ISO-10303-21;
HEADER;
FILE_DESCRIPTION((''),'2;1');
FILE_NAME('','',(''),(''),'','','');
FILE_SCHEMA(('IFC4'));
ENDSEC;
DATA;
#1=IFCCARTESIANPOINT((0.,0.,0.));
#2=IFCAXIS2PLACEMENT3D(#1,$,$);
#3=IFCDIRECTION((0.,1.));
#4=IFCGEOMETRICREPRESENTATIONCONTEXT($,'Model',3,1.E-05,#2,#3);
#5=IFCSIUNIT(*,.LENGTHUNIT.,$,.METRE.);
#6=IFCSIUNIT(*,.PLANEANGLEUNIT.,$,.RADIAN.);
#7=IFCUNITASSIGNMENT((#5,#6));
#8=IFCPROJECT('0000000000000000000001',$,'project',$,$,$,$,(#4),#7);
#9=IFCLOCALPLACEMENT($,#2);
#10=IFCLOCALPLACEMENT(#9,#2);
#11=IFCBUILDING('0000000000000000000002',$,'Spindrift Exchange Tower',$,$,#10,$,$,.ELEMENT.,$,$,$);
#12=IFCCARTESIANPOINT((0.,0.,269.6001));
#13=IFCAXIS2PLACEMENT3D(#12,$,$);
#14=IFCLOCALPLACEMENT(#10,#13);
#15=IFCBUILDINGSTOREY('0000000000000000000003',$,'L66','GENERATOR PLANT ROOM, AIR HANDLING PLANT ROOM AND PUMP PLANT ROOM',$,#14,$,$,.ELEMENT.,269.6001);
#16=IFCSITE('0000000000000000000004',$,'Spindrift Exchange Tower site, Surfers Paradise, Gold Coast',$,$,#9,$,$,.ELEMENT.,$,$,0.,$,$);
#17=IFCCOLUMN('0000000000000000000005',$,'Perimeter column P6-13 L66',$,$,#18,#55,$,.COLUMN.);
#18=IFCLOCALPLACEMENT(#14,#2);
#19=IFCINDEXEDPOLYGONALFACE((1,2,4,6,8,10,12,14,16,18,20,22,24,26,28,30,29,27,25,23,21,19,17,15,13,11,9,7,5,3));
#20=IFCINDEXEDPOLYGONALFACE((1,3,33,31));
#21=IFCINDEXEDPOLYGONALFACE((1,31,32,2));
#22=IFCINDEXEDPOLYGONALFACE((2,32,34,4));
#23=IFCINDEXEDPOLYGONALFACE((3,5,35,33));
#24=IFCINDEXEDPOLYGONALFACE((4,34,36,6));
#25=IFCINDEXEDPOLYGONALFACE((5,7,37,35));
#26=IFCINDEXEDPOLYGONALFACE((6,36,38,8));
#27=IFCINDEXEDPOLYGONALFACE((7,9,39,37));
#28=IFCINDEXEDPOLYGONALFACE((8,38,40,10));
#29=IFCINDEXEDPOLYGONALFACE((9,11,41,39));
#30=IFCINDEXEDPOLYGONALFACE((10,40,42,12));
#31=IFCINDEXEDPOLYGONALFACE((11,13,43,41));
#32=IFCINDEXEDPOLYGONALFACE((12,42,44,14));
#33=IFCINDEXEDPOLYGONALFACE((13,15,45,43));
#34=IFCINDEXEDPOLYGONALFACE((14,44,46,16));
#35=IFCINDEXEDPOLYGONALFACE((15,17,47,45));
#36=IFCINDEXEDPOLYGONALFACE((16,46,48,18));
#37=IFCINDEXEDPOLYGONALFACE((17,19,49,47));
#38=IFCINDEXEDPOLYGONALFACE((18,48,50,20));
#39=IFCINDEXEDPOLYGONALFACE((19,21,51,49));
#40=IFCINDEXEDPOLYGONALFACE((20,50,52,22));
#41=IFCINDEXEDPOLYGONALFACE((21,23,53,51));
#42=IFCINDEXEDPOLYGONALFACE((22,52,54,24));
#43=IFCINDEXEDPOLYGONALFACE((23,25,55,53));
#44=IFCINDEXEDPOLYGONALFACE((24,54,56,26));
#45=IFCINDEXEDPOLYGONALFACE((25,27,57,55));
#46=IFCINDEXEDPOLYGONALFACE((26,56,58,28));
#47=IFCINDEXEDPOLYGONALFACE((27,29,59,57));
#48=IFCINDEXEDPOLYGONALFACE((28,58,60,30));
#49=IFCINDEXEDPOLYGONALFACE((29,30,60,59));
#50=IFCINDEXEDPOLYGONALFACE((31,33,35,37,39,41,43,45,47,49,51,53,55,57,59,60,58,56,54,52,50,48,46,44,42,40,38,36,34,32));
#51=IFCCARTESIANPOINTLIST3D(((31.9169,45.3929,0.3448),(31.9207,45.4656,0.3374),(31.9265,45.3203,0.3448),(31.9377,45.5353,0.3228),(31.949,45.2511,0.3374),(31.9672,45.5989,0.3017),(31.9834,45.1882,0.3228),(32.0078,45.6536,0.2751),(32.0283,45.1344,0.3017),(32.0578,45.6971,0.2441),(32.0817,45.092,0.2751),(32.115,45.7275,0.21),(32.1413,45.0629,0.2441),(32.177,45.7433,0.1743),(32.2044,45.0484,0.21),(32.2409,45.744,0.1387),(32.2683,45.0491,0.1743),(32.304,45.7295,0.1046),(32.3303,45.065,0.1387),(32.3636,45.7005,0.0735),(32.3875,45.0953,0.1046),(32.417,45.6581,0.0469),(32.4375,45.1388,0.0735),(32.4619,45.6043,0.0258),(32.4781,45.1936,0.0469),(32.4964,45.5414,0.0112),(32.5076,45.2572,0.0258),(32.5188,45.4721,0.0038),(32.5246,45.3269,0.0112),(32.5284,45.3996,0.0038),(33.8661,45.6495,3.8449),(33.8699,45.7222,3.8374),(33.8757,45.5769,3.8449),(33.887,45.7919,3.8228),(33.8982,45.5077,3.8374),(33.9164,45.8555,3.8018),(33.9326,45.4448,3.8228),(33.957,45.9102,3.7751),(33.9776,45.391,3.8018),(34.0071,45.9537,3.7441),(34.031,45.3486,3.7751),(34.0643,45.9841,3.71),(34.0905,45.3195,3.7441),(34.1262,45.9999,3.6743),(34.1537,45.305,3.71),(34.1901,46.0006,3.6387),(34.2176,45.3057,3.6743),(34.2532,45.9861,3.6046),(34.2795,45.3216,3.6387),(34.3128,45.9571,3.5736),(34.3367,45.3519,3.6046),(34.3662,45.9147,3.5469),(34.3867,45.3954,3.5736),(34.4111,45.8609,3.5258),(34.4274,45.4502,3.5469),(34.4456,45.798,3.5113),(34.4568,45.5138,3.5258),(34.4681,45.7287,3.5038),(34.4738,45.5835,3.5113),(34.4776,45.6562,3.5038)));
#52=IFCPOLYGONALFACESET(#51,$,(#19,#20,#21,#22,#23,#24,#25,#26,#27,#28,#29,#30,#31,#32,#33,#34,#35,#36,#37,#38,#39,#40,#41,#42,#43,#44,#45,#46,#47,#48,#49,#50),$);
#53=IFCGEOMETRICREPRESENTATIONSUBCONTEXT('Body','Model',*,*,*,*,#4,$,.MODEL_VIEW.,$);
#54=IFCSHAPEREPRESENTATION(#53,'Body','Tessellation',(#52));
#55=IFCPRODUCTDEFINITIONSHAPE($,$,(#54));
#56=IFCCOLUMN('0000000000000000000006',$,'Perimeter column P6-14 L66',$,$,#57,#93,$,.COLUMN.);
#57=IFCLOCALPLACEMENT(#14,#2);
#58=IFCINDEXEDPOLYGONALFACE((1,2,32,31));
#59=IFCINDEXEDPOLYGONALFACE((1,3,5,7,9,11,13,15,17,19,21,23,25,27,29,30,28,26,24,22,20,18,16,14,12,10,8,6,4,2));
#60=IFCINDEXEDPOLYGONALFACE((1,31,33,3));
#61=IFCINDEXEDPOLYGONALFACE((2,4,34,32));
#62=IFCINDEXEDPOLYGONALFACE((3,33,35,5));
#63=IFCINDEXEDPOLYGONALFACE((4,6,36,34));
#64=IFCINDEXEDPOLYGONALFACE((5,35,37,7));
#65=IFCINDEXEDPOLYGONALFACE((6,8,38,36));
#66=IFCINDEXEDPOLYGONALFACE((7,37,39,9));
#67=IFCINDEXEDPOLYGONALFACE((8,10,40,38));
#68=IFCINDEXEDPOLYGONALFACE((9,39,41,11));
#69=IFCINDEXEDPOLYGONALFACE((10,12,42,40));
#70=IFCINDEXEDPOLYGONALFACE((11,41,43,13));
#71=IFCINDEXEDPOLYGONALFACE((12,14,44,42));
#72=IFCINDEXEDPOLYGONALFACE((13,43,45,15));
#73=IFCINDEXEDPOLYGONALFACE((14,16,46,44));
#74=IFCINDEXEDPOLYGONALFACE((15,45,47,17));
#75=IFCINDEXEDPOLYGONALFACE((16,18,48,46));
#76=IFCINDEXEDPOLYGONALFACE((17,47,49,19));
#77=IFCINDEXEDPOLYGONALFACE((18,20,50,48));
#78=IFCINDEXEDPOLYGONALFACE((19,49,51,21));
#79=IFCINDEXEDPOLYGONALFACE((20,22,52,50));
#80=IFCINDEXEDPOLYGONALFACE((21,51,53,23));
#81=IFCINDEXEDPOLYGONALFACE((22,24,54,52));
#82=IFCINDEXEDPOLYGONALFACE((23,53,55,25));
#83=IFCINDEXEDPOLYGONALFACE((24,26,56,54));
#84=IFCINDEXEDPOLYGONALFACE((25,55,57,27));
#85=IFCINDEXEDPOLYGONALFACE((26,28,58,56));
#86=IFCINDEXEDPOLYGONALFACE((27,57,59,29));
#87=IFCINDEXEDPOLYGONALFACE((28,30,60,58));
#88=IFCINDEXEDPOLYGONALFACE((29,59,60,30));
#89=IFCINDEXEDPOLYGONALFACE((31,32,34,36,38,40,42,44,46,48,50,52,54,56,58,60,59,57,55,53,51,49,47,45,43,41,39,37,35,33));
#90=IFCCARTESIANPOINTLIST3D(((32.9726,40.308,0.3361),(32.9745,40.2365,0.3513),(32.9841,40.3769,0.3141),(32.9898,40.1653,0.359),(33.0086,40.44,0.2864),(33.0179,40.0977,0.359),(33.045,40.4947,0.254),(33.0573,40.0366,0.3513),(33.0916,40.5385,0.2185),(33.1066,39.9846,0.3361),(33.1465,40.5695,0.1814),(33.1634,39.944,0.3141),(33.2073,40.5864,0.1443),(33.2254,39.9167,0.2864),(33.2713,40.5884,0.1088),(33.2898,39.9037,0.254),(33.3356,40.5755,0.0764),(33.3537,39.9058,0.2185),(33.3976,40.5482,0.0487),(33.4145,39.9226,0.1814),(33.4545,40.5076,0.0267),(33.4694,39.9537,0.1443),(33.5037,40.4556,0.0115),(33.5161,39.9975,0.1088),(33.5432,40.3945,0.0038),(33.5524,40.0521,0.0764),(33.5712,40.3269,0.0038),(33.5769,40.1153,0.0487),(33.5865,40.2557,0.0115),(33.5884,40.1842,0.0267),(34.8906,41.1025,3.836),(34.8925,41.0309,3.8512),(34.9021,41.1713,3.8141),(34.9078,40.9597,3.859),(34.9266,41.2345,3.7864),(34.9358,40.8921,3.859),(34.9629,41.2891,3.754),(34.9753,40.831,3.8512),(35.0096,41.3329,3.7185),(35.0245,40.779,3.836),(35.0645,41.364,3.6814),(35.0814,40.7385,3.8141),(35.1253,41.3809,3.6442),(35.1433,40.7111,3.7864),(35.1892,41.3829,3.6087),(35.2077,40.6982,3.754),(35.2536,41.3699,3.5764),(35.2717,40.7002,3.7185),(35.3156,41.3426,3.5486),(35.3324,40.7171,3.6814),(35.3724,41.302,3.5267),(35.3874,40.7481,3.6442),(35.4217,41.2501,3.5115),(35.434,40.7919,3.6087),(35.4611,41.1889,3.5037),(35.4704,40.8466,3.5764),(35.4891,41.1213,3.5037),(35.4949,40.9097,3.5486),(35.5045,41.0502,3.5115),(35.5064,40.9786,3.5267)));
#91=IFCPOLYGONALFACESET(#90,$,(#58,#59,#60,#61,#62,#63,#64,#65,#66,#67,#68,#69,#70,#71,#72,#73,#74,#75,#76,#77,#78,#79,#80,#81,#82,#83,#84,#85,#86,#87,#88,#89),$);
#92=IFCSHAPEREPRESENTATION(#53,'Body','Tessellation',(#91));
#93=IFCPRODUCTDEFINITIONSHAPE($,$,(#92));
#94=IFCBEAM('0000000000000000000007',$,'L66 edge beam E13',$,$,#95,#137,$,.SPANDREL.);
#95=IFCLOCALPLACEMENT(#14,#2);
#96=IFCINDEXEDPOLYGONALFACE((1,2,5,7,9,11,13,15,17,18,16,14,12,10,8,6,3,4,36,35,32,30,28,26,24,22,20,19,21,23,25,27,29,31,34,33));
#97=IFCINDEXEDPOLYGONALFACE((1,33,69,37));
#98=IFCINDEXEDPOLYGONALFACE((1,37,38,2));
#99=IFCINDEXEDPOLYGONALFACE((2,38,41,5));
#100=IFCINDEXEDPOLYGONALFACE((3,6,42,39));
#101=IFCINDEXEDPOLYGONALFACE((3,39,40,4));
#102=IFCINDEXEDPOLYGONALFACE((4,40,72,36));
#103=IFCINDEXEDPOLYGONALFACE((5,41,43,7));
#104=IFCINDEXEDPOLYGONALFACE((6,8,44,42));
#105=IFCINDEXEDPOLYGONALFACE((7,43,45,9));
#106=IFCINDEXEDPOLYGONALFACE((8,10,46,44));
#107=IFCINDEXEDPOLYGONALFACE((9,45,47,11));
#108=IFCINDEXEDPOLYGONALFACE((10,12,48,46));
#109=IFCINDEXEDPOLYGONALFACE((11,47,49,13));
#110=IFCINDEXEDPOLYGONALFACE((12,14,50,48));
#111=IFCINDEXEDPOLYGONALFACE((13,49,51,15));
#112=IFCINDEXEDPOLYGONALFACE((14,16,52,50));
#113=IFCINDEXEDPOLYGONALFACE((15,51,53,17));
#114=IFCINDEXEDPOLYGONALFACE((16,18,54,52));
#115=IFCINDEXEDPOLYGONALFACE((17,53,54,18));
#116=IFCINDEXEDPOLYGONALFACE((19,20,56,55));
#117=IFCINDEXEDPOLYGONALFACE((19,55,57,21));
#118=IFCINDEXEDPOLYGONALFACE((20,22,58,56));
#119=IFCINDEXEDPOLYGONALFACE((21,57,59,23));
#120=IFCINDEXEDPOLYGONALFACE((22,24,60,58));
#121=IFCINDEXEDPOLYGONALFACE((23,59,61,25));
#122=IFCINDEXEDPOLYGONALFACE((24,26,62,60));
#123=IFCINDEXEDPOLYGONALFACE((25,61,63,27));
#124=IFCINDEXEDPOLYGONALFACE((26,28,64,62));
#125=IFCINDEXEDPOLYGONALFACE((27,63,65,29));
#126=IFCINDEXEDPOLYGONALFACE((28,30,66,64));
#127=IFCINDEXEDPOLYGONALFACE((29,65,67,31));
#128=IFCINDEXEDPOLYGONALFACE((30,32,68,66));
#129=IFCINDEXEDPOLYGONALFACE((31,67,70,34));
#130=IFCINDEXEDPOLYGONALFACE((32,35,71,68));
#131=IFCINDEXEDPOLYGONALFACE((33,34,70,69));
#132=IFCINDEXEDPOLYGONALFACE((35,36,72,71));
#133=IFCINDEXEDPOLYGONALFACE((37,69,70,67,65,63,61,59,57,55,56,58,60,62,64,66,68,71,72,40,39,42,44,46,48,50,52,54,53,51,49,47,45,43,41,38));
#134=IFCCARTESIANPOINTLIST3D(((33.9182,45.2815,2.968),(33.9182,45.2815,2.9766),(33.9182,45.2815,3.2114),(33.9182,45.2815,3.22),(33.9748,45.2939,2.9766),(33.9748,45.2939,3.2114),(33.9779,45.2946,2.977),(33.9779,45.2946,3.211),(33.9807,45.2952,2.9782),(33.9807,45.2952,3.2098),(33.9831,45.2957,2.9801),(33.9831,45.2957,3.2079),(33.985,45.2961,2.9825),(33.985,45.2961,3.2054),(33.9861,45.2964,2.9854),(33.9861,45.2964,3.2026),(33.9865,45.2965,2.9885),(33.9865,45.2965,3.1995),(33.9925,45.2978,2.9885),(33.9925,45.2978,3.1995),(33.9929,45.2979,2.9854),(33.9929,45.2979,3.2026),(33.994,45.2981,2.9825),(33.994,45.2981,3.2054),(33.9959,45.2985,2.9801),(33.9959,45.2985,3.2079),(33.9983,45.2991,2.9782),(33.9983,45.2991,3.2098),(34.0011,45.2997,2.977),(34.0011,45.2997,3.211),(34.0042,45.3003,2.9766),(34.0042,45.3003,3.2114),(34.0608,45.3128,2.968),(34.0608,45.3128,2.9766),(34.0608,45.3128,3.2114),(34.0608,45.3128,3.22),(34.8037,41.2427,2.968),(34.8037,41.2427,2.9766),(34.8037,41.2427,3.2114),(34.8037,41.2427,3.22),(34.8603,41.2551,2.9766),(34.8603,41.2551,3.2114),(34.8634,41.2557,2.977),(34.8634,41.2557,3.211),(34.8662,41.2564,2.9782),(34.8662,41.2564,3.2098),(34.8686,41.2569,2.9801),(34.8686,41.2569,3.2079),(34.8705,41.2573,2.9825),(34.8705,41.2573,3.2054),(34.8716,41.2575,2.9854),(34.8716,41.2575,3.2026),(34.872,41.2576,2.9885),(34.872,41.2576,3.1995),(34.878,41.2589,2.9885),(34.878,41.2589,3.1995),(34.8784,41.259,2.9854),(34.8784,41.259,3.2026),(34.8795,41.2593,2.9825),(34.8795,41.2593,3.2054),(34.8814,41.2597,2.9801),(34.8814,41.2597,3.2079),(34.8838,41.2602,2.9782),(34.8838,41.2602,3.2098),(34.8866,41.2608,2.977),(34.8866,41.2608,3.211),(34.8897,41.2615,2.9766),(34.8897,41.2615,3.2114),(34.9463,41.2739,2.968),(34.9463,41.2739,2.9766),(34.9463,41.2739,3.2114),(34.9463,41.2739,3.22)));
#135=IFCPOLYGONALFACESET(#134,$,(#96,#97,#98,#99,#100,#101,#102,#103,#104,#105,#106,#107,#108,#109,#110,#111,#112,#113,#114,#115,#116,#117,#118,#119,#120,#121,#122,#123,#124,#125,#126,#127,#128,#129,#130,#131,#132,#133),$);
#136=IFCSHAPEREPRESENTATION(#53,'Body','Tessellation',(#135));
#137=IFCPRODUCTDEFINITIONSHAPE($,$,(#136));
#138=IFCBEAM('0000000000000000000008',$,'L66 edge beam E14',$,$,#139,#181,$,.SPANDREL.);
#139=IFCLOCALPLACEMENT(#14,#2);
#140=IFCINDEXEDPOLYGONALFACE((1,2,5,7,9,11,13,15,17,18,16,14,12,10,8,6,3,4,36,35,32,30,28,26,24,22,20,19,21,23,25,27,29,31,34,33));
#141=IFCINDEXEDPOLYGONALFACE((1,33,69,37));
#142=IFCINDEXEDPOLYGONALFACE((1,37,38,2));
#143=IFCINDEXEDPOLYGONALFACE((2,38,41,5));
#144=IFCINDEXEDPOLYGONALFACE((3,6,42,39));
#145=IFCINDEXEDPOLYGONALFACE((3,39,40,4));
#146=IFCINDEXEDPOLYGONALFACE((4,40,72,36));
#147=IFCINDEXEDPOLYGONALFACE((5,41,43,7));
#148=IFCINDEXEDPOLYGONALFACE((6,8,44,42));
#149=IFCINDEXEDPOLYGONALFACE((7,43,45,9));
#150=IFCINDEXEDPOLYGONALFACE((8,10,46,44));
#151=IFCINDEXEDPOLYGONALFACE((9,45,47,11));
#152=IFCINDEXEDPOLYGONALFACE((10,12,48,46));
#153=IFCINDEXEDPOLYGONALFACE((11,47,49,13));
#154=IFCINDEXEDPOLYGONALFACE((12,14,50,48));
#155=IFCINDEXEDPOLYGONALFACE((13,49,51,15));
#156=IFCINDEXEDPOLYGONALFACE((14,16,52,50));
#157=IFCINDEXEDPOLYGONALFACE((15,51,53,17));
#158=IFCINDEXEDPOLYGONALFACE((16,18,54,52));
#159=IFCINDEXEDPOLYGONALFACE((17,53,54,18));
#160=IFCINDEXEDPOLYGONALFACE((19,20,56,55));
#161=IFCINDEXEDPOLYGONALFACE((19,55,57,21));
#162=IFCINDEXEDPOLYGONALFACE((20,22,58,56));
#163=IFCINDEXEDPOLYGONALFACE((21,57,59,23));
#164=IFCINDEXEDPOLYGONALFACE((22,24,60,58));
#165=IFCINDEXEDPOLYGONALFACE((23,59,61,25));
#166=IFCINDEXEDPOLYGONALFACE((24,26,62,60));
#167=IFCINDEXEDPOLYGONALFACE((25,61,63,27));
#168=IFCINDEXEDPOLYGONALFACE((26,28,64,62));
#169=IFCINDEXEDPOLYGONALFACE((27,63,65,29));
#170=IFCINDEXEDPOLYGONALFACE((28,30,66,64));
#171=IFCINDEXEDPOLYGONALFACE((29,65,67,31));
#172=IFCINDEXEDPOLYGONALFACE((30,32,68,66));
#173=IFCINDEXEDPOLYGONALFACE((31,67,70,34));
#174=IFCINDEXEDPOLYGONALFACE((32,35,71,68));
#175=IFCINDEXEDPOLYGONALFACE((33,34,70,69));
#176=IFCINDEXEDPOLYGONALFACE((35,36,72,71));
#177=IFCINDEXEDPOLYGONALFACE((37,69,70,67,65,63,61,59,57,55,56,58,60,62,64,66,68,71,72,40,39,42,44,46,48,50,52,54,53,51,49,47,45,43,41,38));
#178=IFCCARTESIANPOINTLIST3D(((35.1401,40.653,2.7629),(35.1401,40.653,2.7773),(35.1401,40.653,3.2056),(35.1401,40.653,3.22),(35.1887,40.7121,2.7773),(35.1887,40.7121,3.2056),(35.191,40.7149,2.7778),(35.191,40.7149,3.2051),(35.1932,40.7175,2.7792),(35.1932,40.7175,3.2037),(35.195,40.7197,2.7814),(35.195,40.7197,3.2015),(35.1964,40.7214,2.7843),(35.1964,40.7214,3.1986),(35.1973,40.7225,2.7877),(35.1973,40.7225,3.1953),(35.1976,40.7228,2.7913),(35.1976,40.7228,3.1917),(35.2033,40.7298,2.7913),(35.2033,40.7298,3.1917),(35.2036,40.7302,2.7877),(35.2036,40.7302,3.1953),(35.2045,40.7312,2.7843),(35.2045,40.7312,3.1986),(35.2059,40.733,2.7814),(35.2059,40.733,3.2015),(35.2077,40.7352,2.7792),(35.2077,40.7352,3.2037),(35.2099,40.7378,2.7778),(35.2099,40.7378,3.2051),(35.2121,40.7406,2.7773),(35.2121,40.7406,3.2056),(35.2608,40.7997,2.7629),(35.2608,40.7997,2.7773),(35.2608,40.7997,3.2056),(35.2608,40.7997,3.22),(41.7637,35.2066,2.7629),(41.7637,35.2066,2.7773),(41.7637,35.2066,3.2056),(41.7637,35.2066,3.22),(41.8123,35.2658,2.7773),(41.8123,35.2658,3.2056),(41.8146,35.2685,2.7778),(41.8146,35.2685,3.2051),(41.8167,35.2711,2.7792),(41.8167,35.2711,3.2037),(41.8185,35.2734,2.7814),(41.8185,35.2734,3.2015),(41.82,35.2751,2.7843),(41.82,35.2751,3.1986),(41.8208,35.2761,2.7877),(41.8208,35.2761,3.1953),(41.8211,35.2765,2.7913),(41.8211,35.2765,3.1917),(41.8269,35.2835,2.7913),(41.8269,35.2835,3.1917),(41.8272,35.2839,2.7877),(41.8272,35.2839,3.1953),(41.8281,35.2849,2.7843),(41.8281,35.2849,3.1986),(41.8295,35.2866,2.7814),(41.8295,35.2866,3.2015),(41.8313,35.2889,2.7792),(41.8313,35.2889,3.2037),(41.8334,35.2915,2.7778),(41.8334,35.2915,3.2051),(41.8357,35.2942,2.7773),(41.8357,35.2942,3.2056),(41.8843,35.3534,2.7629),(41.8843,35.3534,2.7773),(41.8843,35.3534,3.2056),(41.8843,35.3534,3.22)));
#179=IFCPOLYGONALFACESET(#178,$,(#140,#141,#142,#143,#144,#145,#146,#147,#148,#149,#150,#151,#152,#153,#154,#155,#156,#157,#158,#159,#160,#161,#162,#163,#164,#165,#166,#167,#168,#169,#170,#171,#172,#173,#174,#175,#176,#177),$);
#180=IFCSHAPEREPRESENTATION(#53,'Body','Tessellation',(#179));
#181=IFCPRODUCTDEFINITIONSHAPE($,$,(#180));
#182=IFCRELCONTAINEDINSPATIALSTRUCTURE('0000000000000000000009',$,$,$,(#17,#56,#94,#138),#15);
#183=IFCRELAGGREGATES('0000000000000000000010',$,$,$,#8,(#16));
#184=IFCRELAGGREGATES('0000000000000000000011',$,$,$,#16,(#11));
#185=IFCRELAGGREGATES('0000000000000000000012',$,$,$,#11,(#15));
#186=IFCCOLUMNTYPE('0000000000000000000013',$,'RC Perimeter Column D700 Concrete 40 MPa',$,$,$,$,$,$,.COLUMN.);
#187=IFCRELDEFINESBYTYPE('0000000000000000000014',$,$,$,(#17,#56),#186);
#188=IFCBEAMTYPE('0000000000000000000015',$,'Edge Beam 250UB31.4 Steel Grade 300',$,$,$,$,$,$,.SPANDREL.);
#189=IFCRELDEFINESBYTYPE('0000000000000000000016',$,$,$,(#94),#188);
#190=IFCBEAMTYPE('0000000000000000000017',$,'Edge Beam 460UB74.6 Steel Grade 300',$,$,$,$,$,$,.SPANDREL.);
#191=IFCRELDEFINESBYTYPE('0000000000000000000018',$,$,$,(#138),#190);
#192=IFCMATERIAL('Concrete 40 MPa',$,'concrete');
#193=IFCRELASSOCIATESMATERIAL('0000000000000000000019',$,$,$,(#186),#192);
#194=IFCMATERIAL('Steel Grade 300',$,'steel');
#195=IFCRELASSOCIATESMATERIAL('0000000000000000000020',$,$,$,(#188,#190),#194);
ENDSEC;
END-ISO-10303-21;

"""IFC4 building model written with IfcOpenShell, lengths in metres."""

from ifc_helpers import new_model, si_unit, direction, frame, origin, origin_2d, place, context, subcontext, project, spatial, circle, i_section, extrude, source, transform, mapped, material, material_profile, profile_set, type_object, element, save


model = new_model("IFC4")

# Units and contexts
model_context = context("Model", 3, precision=1e-05, world=origin(), true_north=direction((0.0, 1.0)))
body_context = subcontext(model_context, "Body", "Model", "MODEL_VIEW")
ifc_project = project(units=[si_unit("LENGTHUNIT", "METRE"), si_unit("PLANEANGLEUNIT", "RADIAN")], contexts=[model_context])

# Site, building, storey
site_placement = place(None, origin())
site = spatial("IfcSite", under=ifc_project, at=site_placement, Name="Spindrift Exchange Tower site, Surfers Paradise, Gold Coast", CompositionType="ELEMENT", RefElevation=0.0)
building_placement = place(site_placement, origin())
building = spatial("IfcBuilding", under=site, at=building_placement, Name="Spindrift Exchange Tower", CompositionType="ELEMENT")
storey_placement = place(building_placement, frame((0.0, 0.0, 269.6001)))
storey = spatial("IfcBuildingStorey", under=building, at=storey_placement, Name="L66", Description="GENERATOR PLANT ROOM, AIR HANDLING PLANT ROOM AND PUMP PLANT ROOM", CompositionType="ELEMENT", Elevation=269.6001)

# Columns
ifc_material_1 = material(Name="Concrete 40 MPa", Category="concrete")
ifc_material_profile_1 = material_profile(ifc_material_1, circle(Radius=0.3501, at=origin_2d()), Name="RC D700")
ifc_profile_set_1 = profile_set([ifc_material_profile_1], Name="Concrete 40 MPa")
column_type = type_object("IfcColumnType", Name="RC Perimeter Column D700 Concrete 40 MPa", PredefinedType="COLUMN", material=ifc_profile_set_1)
shared_shape_1 = source(origin(), body_context, "Body", "SweptSolid", [
    extrude(circle(Radius=0.3501, at=origin_2d()), origin(), (0.0, 0.0, 1.0), 4.0144),
])
column_1_placement = place(storey_placement, frame((32.2227, 45.3962, 0.1743), z_axis=(0.485558, 0.063918, 0.871864), x_axis=(-0.130512, 0.991447, 0.0)))
element("IfcColumn", 1, at=column_1_placement, inside=storey, type_object=column_type, Name="Perimeter column P6-13 L66", PredefinedType="COLUMN", context=body_context, shape_type="MappedRepresentation", body=[
    mapped(shared_shape_1, transform((0.0, 0.0, 0.0), scale=1.0)),
])
shared_shape_2 = source(origin(), body_context, "Body", "SweptSolid", [
    extrude(circle(Radius=0.3501, at=origin_2d()), origin(), (0.0, 0.0, 1.0), 4.0693),
])
column_2_placement = place(storey_placement, frame((33.2805, 40.2461, 0.1814), z_axis=(0.471319, 0.195223, 0.860085), x_axis=(-0.382677, 0.923882, 0.0)))
element("IfcColumn", 2, at=column_2_placement, inside=storey, type_object=column_type, Name="Perimeter column P6-14 L66", PredefinedType="COLUMN", context=body_context, shape_type="MappedRepresentation", body=[
    mapped(shared_shape_2, transform((0.0, 0.0, 0.0), scale=1.0)),
])

# Beams
ifc_material_2 = material(Name="Steel Grade 300", Category="steel")
ifc_material_profile_2 = material_profile(ifc_material_2, i_section(OverallWidth=0.146, OverallDepth=0.252, WebThickness=0.0061, FlangeThickness=0.0085, FilletRadius=0.012, at=origin_2d()), Name="250UB31.4")
ifc_profile_set_2 = profile_set([ifc_material_profile_2], Name="Steel Grade 300")
beam_type_1 = type_object("IfcBeamType", Name="Edge Beam 250UB31.4 Steel Grade 300", PredefinedType="SPANDREL", material=ifc_profile_set_2)
shared_shape_3 = source(origin(), body_context, "Body", "SweptSolid", [
    extrude(i_section(OverallWidth=0.146, OverallDepth=0.252, WebThickness=0.0061, FlangeThickness=0.0085, FilletRadius=0.012, at=origin_2d()), origin(), (0.0, 0.0, 1.0), 4.1348),
])
beam_1_placement = place(storey_placement, frame((33.9895, 45.2971, 3.094), z_axis=(0.21416, -0.976799, 0.0), x_axis=(0.976799, 0.21416, 0.0)))
element("IfcBeam", 3, at=beam_1_placement, inside=storey, type_object=beam_type_1, Name="L66 edge beam E13", PredefinedType="SPANDREL", context=body_context, shape_type="MappedRepresentation", body=[
    mapped(shared_shape_3, transform((0.0, 0.0, 0.0), scale=1.0)),
])
ifc_material_profile_3 = material_profile(ifc_material_2, i_section(OverallWidth=0.1899, OverallDepth=0.457, WebThickness=0.009, FlangeThickness=0.0144, FilletRadius=0.0139, at=origin_2d()), Name="460UB74.6")
ifc_profile_set_3 = profile_set([ifc_material_profile_3], Name="Steel Grade 300")
beam_type_2 = type_object("IfcBeamType", Name="Edge Beam 460UB74.6 Steel Grade 300", PredefinedType="SPANDREL", material=ifc_profile_set_3)
shared_shape_4 = source(origin(), body_context, "Body", "SweptSolid", [
    extrude(i_section(OverallWidth=0.1899, OverallDepth=0.457, WebThickness=0.009, FlangeThickness=0.0144, FilletRadius=0.0139, at=origin_2d()), origin(), (0.0, 0.0, 1.0), 8.5752),
])
beam_2_placement = place(storey_placement, frame((35.2004, 40.7263, 2.9915), z_axis=(0.77241, -0.635124, 0.0), x_axis=(0.635124, 0.77241, 0.0)))
element("IfcBeam", 4, at=beam_2_placement, inside=storey, type_object=beam_type_2, Name="L66 edge beam E14", PredefinedType="SPANDREL", context=body_context, shape_type="MappedRepresentation", body=[
    mapped(shared_shape_4, transform((0.0, 0.0, 0.0), scale=1.0)),
])

save(model, "model.ifc")
